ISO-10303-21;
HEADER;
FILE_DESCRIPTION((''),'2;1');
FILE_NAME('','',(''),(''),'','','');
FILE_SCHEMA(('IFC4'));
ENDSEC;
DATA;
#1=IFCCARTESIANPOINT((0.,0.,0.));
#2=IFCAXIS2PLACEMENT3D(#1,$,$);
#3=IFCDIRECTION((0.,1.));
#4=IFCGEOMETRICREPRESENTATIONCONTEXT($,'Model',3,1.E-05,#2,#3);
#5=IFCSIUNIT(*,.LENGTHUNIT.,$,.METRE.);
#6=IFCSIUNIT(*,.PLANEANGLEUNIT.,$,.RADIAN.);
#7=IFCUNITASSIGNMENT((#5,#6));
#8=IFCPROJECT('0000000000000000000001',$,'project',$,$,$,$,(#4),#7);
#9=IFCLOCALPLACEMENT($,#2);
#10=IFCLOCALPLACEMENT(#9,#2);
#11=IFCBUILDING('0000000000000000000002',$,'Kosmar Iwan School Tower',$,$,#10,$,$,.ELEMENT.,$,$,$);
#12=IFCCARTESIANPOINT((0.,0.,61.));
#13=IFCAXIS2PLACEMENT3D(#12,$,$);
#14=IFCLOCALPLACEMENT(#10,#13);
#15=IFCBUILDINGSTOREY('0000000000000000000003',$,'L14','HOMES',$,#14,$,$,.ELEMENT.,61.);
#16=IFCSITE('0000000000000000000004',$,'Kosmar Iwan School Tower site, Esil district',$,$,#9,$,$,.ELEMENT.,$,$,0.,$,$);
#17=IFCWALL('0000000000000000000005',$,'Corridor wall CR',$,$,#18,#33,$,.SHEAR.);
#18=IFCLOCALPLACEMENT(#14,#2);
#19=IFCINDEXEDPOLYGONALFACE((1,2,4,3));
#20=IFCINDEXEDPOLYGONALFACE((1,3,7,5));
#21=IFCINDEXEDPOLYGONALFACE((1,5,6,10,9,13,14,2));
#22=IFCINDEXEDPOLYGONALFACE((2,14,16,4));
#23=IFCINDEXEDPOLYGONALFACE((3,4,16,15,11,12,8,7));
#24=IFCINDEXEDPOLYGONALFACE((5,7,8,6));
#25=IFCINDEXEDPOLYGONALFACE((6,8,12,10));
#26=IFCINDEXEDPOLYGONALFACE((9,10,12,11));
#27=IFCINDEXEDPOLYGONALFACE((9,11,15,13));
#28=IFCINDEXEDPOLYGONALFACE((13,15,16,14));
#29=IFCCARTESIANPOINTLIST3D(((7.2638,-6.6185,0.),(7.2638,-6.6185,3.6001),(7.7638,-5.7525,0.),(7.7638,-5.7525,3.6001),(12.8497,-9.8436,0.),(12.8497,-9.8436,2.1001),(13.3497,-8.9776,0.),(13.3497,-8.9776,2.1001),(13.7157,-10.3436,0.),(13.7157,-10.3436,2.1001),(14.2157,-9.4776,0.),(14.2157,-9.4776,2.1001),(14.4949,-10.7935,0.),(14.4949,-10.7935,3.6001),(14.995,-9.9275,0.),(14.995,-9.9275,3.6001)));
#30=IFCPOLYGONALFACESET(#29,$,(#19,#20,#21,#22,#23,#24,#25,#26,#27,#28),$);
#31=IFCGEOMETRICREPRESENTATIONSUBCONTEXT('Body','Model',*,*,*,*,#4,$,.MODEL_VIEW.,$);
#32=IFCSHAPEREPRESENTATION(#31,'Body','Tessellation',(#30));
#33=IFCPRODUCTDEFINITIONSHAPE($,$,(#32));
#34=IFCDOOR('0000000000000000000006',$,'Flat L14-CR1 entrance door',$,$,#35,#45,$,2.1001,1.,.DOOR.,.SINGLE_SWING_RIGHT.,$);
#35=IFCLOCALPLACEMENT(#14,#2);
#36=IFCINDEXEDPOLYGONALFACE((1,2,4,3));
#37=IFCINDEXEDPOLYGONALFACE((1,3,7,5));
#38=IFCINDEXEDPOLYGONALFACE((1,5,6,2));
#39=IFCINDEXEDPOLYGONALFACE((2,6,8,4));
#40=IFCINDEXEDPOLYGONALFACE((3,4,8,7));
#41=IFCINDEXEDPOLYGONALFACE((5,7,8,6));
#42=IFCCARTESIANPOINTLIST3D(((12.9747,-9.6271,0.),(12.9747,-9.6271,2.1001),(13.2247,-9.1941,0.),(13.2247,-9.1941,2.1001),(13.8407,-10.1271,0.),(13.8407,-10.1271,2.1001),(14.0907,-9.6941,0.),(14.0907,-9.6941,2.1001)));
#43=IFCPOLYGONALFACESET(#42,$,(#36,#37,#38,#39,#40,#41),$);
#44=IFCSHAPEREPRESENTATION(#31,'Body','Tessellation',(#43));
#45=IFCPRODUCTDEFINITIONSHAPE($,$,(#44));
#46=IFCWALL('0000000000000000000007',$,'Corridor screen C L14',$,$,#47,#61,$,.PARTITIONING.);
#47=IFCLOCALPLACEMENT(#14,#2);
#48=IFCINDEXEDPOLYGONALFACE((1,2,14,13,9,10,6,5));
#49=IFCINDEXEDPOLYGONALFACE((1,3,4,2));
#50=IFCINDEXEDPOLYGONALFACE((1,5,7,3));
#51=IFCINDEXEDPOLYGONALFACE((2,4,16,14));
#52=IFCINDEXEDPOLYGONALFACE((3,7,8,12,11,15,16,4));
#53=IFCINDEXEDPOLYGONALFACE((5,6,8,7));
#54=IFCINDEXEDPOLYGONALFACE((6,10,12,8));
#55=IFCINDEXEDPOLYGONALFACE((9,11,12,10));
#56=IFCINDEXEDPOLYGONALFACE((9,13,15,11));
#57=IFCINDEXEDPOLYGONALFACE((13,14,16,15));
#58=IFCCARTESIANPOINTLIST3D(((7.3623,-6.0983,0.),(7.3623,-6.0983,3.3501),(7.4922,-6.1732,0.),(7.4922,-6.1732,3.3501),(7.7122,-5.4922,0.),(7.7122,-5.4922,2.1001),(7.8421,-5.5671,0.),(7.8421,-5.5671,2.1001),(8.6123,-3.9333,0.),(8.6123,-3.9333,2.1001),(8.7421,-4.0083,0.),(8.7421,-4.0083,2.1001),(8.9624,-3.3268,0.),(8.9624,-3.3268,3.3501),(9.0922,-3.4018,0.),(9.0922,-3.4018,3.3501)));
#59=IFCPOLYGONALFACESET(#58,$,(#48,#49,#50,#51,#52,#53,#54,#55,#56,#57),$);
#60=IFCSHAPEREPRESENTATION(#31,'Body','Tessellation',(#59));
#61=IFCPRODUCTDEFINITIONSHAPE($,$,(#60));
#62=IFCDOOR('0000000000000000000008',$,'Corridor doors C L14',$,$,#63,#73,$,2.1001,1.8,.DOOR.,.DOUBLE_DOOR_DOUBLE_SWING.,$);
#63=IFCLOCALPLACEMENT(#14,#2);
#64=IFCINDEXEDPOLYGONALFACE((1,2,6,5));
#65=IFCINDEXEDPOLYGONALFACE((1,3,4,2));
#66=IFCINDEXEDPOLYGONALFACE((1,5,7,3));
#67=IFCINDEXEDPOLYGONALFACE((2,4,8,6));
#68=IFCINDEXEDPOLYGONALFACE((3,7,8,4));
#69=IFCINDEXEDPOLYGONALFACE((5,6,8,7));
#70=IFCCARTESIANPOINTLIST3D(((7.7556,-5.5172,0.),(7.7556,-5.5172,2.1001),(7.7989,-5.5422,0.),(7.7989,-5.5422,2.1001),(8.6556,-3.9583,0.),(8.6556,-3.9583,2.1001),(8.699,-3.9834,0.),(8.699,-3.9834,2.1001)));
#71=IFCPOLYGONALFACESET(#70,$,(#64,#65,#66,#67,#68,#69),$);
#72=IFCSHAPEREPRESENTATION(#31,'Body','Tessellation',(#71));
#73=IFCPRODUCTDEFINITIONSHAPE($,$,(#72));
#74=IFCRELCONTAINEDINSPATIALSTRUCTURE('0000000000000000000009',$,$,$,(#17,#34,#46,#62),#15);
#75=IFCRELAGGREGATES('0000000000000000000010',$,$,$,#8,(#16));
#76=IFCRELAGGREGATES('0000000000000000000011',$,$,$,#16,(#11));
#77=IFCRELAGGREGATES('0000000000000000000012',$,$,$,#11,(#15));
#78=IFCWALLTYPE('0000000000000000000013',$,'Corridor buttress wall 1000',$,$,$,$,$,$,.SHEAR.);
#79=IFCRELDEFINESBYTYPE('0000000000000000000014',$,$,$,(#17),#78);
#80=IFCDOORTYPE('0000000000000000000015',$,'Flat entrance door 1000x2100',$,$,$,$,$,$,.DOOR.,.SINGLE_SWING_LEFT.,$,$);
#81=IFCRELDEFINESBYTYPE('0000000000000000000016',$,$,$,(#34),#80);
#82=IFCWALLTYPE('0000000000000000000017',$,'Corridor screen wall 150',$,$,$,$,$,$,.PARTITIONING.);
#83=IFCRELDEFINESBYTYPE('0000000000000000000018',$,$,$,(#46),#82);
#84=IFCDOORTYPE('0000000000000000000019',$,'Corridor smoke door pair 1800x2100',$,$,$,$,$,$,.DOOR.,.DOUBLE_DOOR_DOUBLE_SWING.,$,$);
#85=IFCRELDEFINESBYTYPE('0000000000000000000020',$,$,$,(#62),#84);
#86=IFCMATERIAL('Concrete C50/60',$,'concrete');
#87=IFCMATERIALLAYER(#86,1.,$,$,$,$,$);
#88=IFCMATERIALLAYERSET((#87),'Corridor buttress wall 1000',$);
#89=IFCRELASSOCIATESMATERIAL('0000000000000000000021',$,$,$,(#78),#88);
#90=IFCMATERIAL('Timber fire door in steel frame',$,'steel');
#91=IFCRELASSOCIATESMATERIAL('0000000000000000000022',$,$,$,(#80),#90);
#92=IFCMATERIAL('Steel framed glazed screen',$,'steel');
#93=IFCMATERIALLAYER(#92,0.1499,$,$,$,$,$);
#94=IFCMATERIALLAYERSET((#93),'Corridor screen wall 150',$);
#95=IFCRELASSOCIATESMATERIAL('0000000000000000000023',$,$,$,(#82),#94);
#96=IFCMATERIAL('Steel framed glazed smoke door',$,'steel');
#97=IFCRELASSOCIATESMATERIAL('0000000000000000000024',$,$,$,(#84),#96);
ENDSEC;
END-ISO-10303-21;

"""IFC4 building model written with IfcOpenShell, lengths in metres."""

from ifc_helpers import new_model, si_unit, direction, frame, frame_2d, origin, place, context, subcontext, project, spatial, rectangle, extrude, material, layer, layer_set, type_object, element, fill, save


model = new_model("IFC4")

# Units and contexts
model_context = context("Model", 3, precision=1e-05, world=origin(), true_north=direction((0.0, 1.0)))
body_context = subcontext(model_context, "Body", "Model", "MODEL_VIEW")
ifc_project = project(units=[si_unit("LENGTHUNIT", "METRE"), si_unit("PLANEANGLEUNIT", "RADIAN")], contexts=[model_context])

# Site, building, storey
site_placement = place(None, origin())
site = spatial("IfcSite", under=ifc_project, at=site_placement, Name="Kosmar Iwan School Tower site, Esil district", CompositionType="ELEMENT", RefElevation=0.0)
building_placement = place(site_placement, origin())
building = spatial("IfcBuilding", under=site, at=building_placement, Name="Kosmar Iwan School Tower", CompositionType="ELEMENT")
storey_placement = place(building_placement, frame((0.0, 0.0, 61.0)))
storey = spatial("IfcBuildingStorey", under=building, at=storey_placement, Name="L14", Description="HOMES", CompositionType="ELEMENT", Elevation=61.0)

# Walls, openings, doors
ifc_material_1 = material(Name="Concrete C50/60", Category="concrete")
ifc_layer_1 = layer(ifc_material_1, 1.0)
ifc_layer_set_1 = layer_set([ifc_layer_1], Name="Corridor buttress wall 1000")
wall_type_1 = type_object("IfcWallType", Name="Corridor buttress wall 1000", PredefinedType="SHEAR", material=ifc_layer_set_1)
wall_1_placement = place(storey_placement, frame((7.5139, -6.1855, 0.0), z_axis=(0.0, 0.0, 1.0), x_axis=(0.86602, -0.50001, 0.0)))
wall_1 = element("IfcWall", 1, at=wall_1_placement, inside=storey, type_object=wall_type_1, Name="Corridor wall CR", PredefinedType="SHEAR", context=body_context, shape_type="SweptSolid", body=[
    extrude(rectangle(XDim=8.3499, YDim=1.0, at=frame_2d((4.1748, 0.0))), origin(), (0.0, 0.0, 1.0), 3.6001),
])
opening_1_placement = place(wall_1_placement, frame((6.45, 0.0, 0.0)))
opening_1 = element("IfcOpeningElement", 2, at=opening_1_placement, cuts=wall_1, PredefinedType="OPENING", context=body_context, shape_type="SweptSolid", body=[
    extrude(rectangle(XDim=1.0, YDim=2.1001, at=frame_2d((0.5, 1.05))), frame((0.0, 0.512, 0.0), z_axis=(0.0, -1.0, 0.0), x_axis=(1.0, 0.0, 0.0)), (0.0, 0.0, 1.0), 1.0239),
])
ifc_material_2 = material(Name="Timber fire door in steel frame", Category="steel")
door_type_1 = type_object("IfcDoorType", Name="Flat entrance door 1000x2100", OperationType="SINGLE_SWING_LEFT", PredefinedType="DOOR", material=ifc_material_2)
door_1_placement = place(opening_1_placement, origin())
door_1 = element("IfcDoor", 3, at=door_1_placement, inside=storey, type_object=door_type_1, Name="Flat L14-CR1 entrance door", OperationType="SINGLE_SWING_RIGHT", OverallHeight=2.1001, OverallWidth=1.0, PredefinedType="DOOR", context=body_context, shape_type="SweptSolid", body=[
    extrude(rectangle(XDim=1.0, YDim=2.1001, at=frame_2d((0.5, 1.05))), frame((0.0, 0.25, 0.0), z_axis=(0.0, -1.0, 0.0), x_axis=(1.0, 0.0, 0.0)), (0.0, 0.0, 1.0), 0.5),
])
fill(opening_1, door_1)
ifc_material_3 = material(Name="Steel framed glazed screen", Category="steel")
ifc_layer_2 = layer(ifc_material_3, 0.1499)
ifc_layer_set_2 = layer_set([ifc_layer_2], Name="Corridor screen wall 150")
wall_type_2 = type_object("IfcWallType", Name="Corridor screen wall 150", PredefinedType="PARTITIONING", material=ifc_layer_set_2)
wall_2_placement = place(storey_placement, frame((7.4272, -6.1357, 0.0), z_axis=(0.0, 0.0, 1.0), x_axis=(0.499995, 0.866028, 0.0)))
wall_2 = element("IfcWall", 4, at=wall_2_placement, inside=storey, type_object=wall_type_2, Name="Corridor screen C L14", PredefinedType="PARTITIONING", context=body_context, shape_type="SweptSolid", body=[
    extrude(rectangle(XDim=3.2002, YDim=0.1499, at=frame_2d((1.6001, 0.0))), origin(), (0.0, 0.0, 1.0), 3.3501),
])
opening_2_placement = place(wall_2_placement, frame((0.7, 0.0, 0.0)))
opening_2 = element("IfcOpeningElement", 5, at=opening_2_placement, cuts=wall_2, PredefinedType="OPENING", context=body_context, shape_type="SweptSolid", body=[
    extrude(rectangle(XDim=1.8, YDim=2.1001, at=frame_2d((0.8999, 1.05))), frame((0.0, 0.0869, 0.0), z_axis=(0.0, -1.0, 0.0), x_axis=(1.0, 0.0, 0.0)), (0.0, 0.0, 1.0), 0.1738),
])
ifc_material_4 = material(Name="Steel framed glazed smoke door", Category="steel")
door_type_2 = type_object("IfcDoorType", Name="Corridor smoke door pair 1800x2100", OperationType="DOUBLE_DOOR_DOUBLE_SWING", PredefinedType="DOOR", material=ifc_material_4)
door_2_placement = place(opening_2_placement, origin())
door_2 = element("IfcDoor", 6, at=door_2_placement, inside=storey, type_object=door_type_2, Name="Corridor doors C L14", OperationType="DOUBLE_DOOR_DOUBLE_SWING", OverallHeight=2.1001, OverallWidth=1.8, PredefinedType="DOOR", context=body_context, shape_type="SweptSolid", body=[
    extrude(rectangle(XDim=1.8, YDim=2.1001, at=frame_2d((0.8999, 1.05))), frame((0.0, 0.0249, 0.0), z_axis=(0.0, -1.0, 0.0), x_axis=(1.0, 0.0, 0.0)), (0.0, 0.0, 1.0), 0.05),
])
fill(opening_2, door_2)

save(model, "model.ifc")
